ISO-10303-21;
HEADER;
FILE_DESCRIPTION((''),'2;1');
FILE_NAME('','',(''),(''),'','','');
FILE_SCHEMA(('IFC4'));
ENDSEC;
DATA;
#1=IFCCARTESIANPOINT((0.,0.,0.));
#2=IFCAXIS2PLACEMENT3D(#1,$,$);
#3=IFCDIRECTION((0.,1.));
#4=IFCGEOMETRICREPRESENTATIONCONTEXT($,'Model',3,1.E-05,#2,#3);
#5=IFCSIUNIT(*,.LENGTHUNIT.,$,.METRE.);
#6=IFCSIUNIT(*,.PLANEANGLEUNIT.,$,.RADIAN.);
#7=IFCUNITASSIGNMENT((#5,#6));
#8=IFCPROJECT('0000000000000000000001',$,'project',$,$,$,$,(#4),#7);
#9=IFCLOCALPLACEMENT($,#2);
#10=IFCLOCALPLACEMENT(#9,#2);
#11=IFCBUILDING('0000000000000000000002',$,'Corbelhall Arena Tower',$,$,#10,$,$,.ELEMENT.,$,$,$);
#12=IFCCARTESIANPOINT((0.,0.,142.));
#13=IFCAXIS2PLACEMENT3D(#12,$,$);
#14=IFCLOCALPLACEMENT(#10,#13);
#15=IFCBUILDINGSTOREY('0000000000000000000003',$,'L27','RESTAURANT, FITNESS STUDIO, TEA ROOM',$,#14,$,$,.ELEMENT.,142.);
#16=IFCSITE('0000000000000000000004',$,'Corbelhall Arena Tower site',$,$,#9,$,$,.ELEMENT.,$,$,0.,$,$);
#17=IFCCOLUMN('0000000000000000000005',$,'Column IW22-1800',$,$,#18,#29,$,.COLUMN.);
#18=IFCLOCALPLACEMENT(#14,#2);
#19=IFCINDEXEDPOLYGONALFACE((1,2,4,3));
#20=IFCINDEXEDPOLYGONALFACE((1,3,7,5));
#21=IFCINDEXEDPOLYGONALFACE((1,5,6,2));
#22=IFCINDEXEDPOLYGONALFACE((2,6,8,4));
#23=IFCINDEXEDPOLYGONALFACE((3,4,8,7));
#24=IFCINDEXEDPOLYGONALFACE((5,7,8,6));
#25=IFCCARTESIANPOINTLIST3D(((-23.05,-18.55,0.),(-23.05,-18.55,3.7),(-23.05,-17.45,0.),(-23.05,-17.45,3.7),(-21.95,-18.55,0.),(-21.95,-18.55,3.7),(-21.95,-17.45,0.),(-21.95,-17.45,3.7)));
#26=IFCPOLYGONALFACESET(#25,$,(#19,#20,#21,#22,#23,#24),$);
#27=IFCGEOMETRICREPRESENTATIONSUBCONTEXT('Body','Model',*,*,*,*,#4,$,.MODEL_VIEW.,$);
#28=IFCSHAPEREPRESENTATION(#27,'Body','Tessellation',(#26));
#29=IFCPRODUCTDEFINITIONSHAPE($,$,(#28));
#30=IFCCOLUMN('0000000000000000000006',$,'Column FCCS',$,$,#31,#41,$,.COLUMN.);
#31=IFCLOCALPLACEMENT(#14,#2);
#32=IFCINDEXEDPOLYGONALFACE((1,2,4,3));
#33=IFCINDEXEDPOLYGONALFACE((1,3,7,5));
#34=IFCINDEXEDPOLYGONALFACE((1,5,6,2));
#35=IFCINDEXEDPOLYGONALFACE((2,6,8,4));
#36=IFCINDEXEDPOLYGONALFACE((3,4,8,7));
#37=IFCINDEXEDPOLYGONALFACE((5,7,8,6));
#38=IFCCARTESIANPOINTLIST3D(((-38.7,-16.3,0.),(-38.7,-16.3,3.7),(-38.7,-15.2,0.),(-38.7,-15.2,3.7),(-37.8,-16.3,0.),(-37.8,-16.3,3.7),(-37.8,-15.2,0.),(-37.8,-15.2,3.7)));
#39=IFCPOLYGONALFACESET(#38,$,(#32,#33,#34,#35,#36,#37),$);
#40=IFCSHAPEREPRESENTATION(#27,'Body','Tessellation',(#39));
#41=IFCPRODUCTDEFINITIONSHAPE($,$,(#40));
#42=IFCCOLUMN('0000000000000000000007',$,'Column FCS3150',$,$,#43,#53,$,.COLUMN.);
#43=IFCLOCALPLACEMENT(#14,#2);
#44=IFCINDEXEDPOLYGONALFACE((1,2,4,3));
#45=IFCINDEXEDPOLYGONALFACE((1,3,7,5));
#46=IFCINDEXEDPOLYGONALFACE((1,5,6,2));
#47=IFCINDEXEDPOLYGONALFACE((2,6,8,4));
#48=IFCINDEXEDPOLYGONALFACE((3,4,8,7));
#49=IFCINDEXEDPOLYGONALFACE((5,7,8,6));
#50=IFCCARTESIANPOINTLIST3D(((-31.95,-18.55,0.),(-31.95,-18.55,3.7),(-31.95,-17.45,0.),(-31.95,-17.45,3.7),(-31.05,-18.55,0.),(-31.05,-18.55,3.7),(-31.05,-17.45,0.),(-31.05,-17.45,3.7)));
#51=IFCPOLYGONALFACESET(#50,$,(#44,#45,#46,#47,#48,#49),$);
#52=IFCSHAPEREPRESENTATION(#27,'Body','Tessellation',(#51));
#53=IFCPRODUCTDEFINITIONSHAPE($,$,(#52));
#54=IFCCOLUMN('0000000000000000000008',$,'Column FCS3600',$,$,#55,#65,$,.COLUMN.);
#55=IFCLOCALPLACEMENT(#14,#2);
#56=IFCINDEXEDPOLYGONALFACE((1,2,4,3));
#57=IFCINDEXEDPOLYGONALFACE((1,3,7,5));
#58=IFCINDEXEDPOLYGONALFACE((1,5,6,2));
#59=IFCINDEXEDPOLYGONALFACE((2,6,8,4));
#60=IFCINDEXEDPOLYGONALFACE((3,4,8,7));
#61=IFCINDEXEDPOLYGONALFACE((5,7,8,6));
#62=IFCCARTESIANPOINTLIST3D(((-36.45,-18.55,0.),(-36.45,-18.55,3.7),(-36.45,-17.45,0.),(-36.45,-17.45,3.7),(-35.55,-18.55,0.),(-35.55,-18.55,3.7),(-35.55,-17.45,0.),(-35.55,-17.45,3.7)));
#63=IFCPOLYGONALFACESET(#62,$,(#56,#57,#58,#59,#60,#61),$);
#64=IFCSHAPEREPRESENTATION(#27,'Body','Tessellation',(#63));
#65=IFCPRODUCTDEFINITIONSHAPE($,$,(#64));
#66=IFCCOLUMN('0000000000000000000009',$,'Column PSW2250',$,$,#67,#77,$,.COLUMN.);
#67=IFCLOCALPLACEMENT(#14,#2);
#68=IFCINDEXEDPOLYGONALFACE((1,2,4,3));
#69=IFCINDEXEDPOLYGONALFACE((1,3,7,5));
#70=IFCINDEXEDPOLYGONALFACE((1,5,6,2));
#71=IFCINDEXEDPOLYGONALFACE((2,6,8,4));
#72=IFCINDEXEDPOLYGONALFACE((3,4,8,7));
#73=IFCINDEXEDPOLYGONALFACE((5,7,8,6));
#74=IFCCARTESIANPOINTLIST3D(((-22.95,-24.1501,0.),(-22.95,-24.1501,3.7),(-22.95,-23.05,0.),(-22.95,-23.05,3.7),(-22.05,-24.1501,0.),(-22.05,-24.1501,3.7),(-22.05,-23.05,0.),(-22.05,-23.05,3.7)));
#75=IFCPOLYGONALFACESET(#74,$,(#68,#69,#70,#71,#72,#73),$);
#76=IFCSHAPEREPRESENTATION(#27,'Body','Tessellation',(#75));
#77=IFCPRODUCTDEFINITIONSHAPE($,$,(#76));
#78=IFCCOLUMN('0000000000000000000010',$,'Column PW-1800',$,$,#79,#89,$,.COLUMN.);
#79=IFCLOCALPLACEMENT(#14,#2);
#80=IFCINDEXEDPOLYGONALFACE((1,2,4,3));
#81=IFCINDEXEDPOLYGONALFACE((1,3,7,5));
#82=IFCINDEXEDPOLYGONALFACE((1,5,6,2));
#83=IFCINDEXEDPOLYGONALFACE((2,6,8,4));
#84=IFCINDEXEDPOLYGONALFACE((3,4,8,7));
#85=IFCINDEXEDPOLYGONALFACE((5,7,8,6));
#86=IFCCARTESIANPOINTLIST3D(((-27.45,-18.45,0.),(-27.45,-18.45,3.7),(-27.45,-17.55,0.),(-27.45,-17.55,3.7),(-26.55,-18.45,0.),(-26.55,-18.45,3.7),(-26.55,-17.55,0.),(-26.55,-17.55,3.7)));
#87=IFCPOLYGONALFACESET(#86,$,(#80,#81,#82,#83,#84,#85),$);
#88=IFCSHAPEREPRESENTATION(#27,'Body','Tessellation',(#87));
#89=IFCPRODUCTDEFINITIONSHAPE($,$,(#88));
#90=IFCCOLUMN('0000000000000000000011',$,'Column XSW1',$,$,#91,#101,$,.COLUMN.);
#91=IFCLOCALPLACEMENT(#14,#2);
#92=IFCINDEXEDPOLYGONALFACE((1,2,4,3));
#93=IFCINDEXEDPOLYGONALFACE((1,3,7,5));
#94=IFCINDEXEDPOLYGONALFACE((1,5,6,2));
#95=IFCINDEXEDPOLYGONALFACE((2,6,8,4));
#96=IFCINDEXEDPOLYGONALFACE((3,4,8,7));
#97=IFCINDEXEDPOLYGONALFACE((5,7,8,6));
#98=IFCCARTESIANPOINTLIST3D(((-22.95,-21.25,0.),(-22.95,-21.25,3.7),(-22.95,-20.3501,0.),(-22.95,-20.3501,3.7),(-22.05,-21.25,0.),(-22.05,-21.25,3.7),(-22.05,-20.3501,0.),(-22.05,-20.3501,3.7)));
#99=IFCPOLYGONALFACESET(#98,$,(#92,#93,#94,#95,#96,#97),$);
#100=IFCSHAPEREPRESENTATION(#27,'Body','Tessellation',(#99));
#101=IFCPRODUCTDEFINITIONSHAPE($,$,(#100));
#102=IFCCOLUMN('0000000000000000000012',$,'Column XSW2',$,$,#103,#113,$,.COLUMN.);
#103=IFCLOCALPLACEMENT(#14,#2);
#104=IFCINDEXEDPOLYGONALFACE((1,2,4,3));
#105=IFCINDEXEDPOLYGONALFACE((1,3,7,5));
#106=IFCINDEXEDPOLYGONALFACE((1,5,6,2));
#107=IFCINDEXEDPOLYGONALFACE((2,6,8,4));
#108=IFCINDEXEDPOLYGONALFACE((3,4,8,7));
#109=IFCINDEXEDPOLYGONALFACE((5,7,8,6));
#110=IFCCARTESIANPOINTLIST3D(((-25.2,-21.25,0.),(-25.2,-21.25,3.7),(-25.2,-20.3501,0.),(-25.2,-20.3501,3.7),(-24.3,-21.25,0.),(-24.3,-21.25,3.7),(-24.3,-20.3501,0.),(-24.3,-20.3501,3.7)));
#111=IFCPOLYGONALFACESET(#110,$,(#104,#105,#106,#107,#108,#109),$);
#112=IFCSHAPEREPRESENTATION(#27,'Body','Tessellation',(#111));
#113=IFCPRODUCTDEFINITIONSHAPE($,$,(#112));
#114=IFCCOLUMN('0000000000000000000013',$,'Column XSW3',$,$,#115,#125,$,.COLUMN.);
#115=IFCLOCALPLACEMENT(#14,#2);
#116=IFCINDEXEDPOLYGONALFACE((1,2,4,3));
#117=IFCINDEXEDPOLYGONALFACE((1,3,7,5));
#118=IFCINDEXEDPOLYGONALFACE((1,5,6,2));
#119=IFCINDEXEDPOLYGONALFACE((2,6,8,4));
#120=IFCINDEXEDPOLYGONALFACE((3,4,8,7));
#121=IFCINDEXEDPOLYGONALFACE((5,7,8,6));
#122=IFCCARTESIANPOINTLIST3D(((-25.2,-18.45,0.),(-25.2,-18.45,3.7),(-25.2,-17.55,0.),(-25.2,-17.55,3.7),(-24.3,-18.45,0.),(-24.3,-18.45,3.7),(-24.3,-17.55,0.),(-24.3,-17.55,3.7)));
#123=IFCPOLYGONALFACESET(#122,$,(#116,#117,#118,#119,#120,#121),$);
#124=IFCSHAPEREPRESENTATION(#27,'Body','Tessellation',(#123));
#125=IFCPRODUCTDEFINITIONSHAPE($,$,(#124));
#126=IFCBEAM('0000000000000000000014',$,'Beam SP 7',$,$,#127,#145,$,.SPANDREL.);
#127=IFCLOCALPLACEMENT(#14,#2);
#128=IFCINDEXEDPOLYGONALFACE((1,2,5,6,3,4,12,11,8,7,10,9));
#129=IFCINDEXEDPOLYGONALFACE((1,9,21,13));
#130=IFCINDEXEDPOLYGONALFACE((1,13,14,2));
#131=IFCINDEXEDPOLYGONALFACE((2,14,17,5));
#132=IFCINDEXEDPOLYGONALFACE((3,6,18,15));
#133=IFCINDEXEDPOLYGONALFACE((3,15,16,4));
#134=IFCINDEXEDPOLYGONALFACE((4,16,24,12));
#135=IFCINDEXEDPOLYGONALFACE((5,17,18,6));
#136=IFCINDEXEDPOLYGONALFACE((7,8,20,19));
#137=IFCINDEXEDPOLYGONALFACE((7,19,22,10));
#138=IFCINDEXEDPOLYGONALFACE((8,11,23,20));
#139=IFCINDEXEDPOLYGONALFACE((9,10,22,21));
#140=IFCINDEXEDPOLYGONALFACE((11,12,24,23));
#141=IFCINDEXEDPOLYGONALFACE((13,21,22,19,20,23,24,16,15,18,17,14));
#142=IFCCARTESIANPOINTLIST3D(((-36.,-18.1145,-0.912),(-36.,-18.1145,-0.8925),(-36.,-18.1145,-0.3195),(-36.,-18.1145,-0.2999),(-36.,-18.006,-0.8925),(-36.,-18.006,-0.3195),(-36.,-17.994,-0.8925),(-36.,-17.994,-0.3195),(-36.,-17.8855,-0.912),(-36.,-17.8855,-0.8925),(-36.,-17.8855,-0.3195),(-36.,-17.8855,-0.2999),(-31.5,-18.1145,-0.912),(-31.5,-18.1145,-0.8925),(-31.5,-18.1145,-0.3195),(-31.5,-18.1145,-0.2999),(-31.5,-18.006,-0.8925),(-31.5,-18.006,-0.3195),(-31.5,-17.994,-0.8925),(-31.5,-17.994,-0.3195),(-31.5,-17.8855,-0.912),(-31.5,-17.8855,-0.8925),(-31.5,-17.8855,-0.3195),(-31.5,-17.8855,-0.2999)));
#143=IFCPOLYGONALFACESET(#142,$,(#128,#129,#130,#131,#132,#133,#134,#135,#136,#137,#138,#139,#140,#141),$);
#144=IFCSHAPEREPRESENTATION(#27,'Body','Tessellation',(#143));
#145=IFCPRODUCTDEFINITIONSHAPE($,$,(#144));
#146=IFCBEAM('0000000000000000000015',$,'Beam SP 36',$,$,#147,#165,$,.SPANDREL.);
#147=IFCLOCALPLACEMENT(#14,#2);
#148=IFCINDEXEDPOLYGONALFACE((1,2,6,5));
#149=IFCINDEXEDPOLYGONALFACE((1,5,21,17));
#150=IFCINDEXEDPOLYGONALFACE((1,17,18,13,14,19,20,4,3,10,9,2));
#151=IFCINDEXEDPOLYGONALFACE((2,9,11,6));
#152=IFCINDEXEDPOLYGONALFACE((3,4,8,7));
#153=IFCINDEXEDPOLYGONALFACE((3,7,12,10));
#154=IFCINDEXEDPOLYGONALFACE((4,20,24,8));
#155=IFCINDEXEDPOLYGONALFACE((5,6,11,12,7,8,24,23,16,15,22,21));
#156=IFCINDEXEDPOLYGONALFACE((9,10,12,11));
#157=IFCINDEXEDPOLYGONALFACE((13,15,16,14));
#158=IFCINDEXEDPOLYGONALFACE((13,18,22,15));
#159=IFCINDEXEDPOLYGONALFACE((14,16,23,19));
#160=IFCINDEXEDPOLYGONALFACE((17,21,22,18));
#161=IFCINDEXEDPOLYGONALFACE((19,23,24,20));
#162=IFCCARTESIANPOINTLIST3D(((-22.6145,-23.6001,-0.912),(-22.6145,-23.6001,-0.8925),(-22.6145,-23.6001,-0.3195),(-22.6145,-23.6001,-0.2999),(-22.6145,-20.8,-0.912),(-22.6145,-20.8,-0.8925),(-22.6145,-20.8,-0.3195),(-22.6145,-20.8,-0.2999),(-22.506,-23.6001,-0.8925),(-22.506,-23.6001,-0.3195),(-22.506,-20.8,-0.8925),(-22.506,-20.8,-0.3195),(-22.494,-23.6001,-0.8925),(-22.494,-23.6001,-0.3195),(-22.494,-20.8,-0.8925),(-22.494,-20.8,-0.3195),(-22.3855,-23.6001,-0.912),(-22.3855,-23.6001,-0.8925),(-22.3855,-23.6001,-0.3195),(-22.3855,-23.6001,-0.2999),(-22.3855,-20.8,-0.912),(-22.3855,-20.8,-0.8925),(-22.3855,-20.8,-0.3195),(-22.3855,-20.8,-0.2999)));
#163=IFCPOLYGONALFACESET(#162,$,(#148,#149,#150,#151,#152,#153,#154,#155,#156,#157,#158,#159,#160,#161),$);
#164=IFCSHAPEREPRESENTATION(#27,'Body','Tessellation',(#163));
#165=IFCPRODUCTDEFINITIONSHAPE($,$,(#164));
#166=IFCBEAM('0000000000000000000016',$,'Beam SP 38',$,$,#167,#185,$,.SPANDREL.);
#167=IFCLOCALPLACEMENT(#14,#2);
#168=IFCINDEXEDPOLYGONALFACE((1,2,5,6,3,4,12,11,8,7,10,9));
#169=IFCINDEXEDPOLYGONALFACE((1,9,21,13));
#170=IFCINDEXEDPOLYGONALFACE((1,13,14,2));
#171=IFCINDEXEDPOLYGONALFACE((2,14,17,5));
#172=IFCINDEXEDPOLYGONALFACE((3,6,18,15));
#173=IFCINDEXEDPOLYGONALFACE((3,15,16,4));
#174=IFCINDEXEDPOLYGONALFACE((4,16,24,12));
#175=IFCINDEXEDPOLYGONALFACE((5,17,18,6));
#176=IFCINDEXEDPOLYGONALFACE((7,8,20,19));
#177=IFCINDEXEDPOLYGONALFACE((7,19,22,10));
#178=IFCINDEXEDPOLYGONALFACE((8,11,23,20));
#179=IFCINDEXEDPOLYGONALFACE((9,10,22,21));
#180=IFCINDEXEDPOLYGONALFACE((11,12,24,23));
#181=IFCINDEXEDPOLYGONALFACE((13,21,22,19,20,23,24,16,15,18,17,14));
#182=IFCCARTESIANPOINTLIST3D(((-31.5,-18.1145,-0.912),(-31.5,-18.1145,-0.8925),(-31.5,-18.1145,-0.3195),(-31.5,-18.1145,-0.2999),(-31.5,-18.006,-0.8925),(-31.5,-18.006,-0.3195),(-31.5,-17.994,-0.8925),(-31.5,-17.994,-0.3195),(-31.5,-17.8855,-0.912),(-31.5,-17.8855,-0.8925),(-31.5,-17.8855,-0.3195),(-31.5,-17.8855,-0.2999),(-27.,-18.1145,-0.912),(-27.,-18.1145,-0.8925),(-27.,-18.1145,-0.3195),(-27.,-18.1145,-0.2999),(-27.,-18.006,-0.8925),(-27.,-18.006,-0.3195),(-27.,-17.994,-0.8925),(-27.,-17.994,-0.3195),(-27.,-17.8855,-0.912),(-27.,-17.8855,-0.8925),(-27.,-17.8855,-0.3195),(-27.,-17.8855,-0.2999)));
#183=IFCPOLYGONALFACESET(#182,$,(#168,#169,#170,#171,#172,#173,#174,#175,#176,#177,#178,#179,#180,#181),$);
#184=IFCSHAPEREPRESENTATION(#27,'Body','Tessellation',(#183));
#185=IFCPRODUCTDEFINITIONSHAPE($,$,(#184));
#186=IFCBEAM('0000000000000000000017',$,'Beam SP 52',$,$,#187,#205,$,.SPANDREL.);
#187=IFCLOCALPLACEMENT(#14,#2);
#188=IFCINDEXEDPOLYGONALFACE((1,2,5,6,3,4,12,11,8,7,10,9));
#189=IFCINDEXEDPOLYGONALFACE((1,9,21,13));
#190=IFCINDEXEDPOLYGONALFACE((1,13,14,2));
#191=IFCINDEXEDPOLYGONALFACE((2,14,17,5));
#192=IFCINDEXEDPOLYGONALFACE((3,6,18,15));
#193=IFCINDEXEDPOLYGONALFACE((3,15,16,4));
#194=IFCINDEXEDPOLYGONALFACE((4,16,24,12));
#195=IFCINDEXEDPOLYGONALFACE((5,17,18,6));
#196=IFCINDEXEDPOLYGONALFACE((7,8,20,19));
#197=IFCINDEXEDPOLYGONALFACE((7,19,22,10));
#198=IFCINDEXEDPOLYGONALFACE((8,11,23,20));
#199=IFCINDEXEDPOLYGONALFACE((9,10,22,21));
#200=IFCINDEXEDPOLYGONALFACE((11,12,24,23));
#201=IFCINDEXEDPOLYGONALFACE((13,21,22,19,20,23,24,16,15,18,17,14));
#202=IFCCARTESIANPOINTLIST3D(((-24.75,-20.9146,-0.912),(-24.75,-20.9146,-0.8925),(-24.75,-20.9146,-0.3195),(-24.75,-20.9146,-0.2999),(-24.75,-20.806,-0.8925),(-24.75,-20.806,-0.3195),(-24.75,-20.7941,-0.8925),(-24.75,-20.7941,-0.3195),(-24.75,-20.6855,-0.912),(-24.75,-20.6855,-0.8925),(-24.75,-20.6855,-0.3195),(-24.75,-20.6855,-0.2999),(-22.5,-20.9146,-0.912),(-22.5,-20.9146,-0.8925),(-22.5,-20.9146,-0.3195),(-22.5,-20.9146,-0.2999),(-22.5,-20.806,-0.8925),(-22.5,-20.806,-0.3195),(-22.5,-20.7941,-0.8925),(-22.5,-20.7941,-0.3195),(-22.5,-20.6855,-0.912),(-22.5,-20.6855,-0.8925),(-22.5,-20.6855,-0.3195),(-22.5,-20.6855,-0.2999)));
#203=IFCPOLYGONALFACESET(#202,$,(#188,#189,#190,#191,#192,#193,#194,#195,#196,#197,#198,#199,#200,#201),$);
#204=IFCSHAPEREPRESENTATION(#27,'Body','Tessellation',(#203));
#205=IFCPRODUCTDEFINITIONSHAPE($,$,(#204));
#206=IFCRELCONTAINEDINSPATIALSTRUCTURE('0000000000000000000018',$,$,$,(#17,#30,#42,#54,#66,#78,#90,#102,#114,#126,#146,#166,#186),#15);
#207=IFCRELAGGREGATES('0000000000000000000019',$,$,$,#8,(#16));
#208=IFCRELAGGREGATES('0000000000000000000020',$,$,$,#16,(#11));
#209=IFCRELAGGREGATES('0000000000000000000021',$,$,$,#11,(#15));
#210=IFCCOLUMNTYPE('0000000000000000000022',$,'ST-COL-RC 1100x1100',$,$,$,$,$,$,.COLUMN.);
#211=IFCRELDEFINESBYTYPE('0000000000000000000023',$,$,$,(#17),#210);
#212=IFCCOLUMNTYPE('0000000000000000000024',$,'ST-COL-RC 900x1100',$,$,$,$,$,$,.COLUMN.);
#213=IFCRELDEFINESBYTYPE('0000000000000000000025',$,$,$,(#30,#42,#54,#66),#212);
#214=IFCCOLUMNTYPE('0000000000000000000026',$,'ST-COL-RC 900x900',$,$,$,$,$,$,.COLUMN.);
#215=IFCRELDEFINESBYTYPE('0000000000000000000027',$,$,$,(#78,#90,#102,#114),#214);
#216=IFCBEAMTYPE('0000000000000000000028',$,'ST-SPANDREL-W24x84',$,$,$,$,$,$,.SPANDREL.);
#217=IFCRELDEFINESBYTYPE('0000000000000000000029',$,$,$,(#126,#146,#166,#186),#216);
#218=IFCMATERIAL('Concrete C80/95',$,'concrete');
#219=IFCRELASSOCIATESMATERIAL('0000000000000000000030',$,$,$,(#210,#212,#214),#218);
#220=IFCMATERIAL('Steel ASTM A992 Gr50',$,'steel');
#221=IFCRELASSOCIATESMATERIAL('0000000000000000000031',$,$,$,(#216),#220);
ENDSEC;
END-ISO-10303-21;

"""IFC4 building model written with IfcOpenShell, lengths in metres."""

from ifc_helpers import new_model, si_unit, direction, frame, origin, origin_2d, place, context, subcontext, project, spatial, rectangle, i_section, extrude, material, material_profile, profile_set, type_object, element, save


model = new_model("IFC4")

# Units and contexts
model_context = context("Model", 3, precision=1e-05, world=origin(), true_north=direction((0.0, 1.0)))
body_context = subcontext(model_context, "Body", "Model", "MODEL_VIEW")
ifc_project = project(units=[si_unit("LENGTHUNIT", "METRE"), si_unit("PLANEANGLEUNIT", "RADIAN")], contexts=[model_context])

# Site, building, storey
site_placement = place(None, origin())
site = spatial("IfcSite", under=ifc_project, at=site_placement, Name="Corbelhall Arena Tower site", CompositionType="ELEMENT", RefElevation=0.0)
building_placement = place(site_placement, origin())
building = spatial("IfcBuilding", under=site, at=building_placement, Name="Corbelhall Arena Tower", CompositionType="ELEMENT")
storey_placement = place(building_placement, frame((0.0, 0.0, 142.0)))
storey = spatial("IfcBuildingStorey", under=building, at=storey_placement, Name="L27", Description="RESTAURANT, FITNESS STUDIO, TEA ROOM", CompositionType="ELEMENT", Elevation=142.0)

# Columns
ifc_material_1 = material(Name="Concrete C80/95", Category="concrete")
ifc_material_profile_1 = material_profile(ifc_material_1, rectangle(XDim=1.1001, YDim=1.1001, at=origin_2d()))
ifc_profile_set_1 = profile_set([ifc_material_profile_1], Name="Concrete C80/95")
column_type_1 = type_object("IfcColumnType", Name="ST-COL-RC 1100x1100", PredefinedType="COLUMN", material=ifc_profile_set_1)
column_placement = place(storey_placement, frame((-22.5, -18.0, 0.0), z_axis=(0.0, 0.0, 1.0), x_axis=(1.0, 0.0, 0.0)))
element("IfcColumn", 1, at=column_placement, inside=storey, type_object=column_type_1, Name="Column IW22-1800", PredefinedType="COLUMN", context=body_context, shape_type="SweptSolid", body=[
    extrude(rectangle(XDim=1.1001, YDim=1.1001, at=origin_2d()), origin(), (0.0, 0.0, 1.0), 3.7),
])
ifc_material_profile_2 = material_profile(ifc_material_1, rectangle(XDim=0.8999, YDim=1.1001, at=origin_2d()))
ifc_profile_set_2 = profile_set([ifc_material_profile_2], Name="Concrete C80/95")
column_type_2 = type_object("IfcColumnType", Name="ST-COL-RC 900x1100", PredefinedType="COLUMN", material=ifc_profile_set_2)
for number, where, z_axis, x_axis, name in (
    (2, (-38.25, -15.75, 0.0), (0.0, 0.0, 1.0), (1.0, 0.0, 0.0), "Column FCCS"),
    (3, (-31.5, -18.0, 0.0), (0.0, 0.0, 1.0), (1.0, 0.0, 0.0), "Column FCS3150"),
    (4, (-36.0, -18.0, 0.0), (0.0, 0.0, 1.0), (1.0, 0.0, 0.0), "Column FCS3600"),
    (5, (-22.5, -23.6001, 0.0), (0.0, 0.0, 1.0), (1.0, 0.0, 0.0), "Column PSW2250"),
):
    element("IfcColumn", number, at=place(storey_placement, frame(where, z_axis=z_axis, x_axis=x_axis)), inside=storey, type_object=column_type_2, Name=name, PredefinedType="COLUMN", context=body_context, shape_type="SweptSolid", body=[
        extrude(rectangle(XDim=0.8999, YDim=1.1001, at=origin_2d()), origin(), (0.0, 0.0, 1.0), 3.7),
    ])
ifc_material_profile_3 = material_profile(ifc_material_1, rectangle(XDim=0.8999, YDim=0.8999, at=origin_2d()))
ifc_profile_set_3 = profile_set([ifc_material_profile_3], Name="Concrete C80/95")
column_type_3 = type_object("IfcColumnType", Name="ST-COL-RC 900x900", PredefinedType="COLUMN", material=ifc_profile_set_3)
for number, where, z_axis, x_axis, name in (
    (6, (-27.0, -18.0, 0.0), (0.0, 0.0, 1.0), (1.0, 0.0, 0.0), "Column PW-1800"),
    (7, (-22.5, -20.8, 0.0), (0.0, 0.0, 1.0), (1.0, 0.0, 0.0), "Column XSW1"),
    (8, (-24.75, -20.8, 0.0), (0.0, 0.0, 1.0), (1.0, 0.0, 0.0), "Column XSW2"),
    (9, (-24.75, -18.0, 0.0), (0.0, 0.0, 1.0), (1.0, 0.0, 0.0), "Column XSW3"),
):
    element("IfcColumn", number, at=place(storey_placement, frame(where, z_axis=z_axis, x_axis=x_axis)), inside=storey, type_object=column_type_3, Name=name, PredefinedType="COLUMN", context=body_context, shape_type="SweptSolid", body=[
        extrude(rectangle(XDim=0.8999, YDim=0.8999, at=origin_2d()), origin(), (0.0, 0.0, 1.0), 3.7),
    ])

# Beams
ifc_material_2 = material(Name="Steel ASTM A992 Gr50", Category="steel")
ifc_material_profile_4 = material_profile(ifc_material_2, i_section(OverallWidth=0.229, OverallDepth=0.6121, WebThickness=0.012, FlangeThickness=0.0195, at=origin_2d()))
ifc_profile_set_4 = profile_set([ifc_material_profile_4], Name="Steel ASTM A992 Gr50")
beam_type = type_object("IfcBeamType", Name="ST-SPANDREL-W24x84", PredefinedType="SPANDREL", material=ifc_profile_set_4)
beam_1_placement = place(storey_placement, frame((-31.5, -18.0, -0.606), z_axis=(-1.0, 0.0, 0.0), x_axis=(0.0, -1.0, 0.0)))
element("IfcBeam", 10, at=beam_1_placement, inside=storey, type_object=beam_type, Name="Beam SP 7", PredefinedType="SPANDREL", context=body_context, shape_type="SweptSolid", body=[
    extrude(i_section(OverallWidth=0.229, OverallDepth=0.6121, WebThickness=0.012, FlangeThickness=0.0195, at=origin_2d()), origin(), (0.0, 0.0, 1.0), 4.5),
])
beam_2_placement = place(storey_placement, frame((-22.5, -23.6001, -0.606), z_axis=(0.0, 1.0, 0.0), x_axis=(-1.0, 0.0, 0.0)))
element("IfcBeam", 11, at=beam_2_placement, inside=storey, type_object=beam_type, Name="Beam SP 36", PredefinedType="SPANDREL", context=body_context, shape_type="SweptSolid", body=[
    extrude(i_section(OverallWidth=0.229, OverallDepth=0.6121, WebThickness=0.012, FlangeThickness=0.0195, at=origin_2d()), origin(), (0.0, 0.0, 1.0), 2.8),
])
beam_3_placement = place(storey_placement, frame((-27.0, -18.0, -0.606), z_axis=(-1.0, 0.0, 0.0), x_axis=(0.0, -1.0, 0.0)))
element("IfcBeam", 12, at=beam_3_placement, inside=storey, type_object=beam_type, Name="Beam SP 38", PredefinedType="SPANDREL", context=body_context, shape_type="SweptSolid", body=[
    extrude(i_section(OverallWidth=0.229, OverallDepth=0.6121, WebThickness=0.012, FlangeThickness=0.0195, at=origin_2d()), origin(), (0.0, 0.0, 1.0), 4.5),
])
beam_4_placement = place(storey_placement, frame((-22.5, -20.8, -0.606), z_axis=(-1.0, 0.0, 0.0), x_axis=(0.0, -1.0, 0.0)))
element("IfcBeam", 13, at=beam_4_placement, inside=storey, type_object=beam_type, Name="Beam SP 52", PredefinedType="SPANDREL", context=body_context, shape_type="SweptSolid", body=[
    extrude(i_section(OverallWidth=0.229, OverallDepth=0.6121, WebThickness=0.012, FlangeThickness=0.0195, at=origin_2d()), origin(), (0.0, 0.0, 1.0), 2.25),
])

save(model, "model.ifc")
